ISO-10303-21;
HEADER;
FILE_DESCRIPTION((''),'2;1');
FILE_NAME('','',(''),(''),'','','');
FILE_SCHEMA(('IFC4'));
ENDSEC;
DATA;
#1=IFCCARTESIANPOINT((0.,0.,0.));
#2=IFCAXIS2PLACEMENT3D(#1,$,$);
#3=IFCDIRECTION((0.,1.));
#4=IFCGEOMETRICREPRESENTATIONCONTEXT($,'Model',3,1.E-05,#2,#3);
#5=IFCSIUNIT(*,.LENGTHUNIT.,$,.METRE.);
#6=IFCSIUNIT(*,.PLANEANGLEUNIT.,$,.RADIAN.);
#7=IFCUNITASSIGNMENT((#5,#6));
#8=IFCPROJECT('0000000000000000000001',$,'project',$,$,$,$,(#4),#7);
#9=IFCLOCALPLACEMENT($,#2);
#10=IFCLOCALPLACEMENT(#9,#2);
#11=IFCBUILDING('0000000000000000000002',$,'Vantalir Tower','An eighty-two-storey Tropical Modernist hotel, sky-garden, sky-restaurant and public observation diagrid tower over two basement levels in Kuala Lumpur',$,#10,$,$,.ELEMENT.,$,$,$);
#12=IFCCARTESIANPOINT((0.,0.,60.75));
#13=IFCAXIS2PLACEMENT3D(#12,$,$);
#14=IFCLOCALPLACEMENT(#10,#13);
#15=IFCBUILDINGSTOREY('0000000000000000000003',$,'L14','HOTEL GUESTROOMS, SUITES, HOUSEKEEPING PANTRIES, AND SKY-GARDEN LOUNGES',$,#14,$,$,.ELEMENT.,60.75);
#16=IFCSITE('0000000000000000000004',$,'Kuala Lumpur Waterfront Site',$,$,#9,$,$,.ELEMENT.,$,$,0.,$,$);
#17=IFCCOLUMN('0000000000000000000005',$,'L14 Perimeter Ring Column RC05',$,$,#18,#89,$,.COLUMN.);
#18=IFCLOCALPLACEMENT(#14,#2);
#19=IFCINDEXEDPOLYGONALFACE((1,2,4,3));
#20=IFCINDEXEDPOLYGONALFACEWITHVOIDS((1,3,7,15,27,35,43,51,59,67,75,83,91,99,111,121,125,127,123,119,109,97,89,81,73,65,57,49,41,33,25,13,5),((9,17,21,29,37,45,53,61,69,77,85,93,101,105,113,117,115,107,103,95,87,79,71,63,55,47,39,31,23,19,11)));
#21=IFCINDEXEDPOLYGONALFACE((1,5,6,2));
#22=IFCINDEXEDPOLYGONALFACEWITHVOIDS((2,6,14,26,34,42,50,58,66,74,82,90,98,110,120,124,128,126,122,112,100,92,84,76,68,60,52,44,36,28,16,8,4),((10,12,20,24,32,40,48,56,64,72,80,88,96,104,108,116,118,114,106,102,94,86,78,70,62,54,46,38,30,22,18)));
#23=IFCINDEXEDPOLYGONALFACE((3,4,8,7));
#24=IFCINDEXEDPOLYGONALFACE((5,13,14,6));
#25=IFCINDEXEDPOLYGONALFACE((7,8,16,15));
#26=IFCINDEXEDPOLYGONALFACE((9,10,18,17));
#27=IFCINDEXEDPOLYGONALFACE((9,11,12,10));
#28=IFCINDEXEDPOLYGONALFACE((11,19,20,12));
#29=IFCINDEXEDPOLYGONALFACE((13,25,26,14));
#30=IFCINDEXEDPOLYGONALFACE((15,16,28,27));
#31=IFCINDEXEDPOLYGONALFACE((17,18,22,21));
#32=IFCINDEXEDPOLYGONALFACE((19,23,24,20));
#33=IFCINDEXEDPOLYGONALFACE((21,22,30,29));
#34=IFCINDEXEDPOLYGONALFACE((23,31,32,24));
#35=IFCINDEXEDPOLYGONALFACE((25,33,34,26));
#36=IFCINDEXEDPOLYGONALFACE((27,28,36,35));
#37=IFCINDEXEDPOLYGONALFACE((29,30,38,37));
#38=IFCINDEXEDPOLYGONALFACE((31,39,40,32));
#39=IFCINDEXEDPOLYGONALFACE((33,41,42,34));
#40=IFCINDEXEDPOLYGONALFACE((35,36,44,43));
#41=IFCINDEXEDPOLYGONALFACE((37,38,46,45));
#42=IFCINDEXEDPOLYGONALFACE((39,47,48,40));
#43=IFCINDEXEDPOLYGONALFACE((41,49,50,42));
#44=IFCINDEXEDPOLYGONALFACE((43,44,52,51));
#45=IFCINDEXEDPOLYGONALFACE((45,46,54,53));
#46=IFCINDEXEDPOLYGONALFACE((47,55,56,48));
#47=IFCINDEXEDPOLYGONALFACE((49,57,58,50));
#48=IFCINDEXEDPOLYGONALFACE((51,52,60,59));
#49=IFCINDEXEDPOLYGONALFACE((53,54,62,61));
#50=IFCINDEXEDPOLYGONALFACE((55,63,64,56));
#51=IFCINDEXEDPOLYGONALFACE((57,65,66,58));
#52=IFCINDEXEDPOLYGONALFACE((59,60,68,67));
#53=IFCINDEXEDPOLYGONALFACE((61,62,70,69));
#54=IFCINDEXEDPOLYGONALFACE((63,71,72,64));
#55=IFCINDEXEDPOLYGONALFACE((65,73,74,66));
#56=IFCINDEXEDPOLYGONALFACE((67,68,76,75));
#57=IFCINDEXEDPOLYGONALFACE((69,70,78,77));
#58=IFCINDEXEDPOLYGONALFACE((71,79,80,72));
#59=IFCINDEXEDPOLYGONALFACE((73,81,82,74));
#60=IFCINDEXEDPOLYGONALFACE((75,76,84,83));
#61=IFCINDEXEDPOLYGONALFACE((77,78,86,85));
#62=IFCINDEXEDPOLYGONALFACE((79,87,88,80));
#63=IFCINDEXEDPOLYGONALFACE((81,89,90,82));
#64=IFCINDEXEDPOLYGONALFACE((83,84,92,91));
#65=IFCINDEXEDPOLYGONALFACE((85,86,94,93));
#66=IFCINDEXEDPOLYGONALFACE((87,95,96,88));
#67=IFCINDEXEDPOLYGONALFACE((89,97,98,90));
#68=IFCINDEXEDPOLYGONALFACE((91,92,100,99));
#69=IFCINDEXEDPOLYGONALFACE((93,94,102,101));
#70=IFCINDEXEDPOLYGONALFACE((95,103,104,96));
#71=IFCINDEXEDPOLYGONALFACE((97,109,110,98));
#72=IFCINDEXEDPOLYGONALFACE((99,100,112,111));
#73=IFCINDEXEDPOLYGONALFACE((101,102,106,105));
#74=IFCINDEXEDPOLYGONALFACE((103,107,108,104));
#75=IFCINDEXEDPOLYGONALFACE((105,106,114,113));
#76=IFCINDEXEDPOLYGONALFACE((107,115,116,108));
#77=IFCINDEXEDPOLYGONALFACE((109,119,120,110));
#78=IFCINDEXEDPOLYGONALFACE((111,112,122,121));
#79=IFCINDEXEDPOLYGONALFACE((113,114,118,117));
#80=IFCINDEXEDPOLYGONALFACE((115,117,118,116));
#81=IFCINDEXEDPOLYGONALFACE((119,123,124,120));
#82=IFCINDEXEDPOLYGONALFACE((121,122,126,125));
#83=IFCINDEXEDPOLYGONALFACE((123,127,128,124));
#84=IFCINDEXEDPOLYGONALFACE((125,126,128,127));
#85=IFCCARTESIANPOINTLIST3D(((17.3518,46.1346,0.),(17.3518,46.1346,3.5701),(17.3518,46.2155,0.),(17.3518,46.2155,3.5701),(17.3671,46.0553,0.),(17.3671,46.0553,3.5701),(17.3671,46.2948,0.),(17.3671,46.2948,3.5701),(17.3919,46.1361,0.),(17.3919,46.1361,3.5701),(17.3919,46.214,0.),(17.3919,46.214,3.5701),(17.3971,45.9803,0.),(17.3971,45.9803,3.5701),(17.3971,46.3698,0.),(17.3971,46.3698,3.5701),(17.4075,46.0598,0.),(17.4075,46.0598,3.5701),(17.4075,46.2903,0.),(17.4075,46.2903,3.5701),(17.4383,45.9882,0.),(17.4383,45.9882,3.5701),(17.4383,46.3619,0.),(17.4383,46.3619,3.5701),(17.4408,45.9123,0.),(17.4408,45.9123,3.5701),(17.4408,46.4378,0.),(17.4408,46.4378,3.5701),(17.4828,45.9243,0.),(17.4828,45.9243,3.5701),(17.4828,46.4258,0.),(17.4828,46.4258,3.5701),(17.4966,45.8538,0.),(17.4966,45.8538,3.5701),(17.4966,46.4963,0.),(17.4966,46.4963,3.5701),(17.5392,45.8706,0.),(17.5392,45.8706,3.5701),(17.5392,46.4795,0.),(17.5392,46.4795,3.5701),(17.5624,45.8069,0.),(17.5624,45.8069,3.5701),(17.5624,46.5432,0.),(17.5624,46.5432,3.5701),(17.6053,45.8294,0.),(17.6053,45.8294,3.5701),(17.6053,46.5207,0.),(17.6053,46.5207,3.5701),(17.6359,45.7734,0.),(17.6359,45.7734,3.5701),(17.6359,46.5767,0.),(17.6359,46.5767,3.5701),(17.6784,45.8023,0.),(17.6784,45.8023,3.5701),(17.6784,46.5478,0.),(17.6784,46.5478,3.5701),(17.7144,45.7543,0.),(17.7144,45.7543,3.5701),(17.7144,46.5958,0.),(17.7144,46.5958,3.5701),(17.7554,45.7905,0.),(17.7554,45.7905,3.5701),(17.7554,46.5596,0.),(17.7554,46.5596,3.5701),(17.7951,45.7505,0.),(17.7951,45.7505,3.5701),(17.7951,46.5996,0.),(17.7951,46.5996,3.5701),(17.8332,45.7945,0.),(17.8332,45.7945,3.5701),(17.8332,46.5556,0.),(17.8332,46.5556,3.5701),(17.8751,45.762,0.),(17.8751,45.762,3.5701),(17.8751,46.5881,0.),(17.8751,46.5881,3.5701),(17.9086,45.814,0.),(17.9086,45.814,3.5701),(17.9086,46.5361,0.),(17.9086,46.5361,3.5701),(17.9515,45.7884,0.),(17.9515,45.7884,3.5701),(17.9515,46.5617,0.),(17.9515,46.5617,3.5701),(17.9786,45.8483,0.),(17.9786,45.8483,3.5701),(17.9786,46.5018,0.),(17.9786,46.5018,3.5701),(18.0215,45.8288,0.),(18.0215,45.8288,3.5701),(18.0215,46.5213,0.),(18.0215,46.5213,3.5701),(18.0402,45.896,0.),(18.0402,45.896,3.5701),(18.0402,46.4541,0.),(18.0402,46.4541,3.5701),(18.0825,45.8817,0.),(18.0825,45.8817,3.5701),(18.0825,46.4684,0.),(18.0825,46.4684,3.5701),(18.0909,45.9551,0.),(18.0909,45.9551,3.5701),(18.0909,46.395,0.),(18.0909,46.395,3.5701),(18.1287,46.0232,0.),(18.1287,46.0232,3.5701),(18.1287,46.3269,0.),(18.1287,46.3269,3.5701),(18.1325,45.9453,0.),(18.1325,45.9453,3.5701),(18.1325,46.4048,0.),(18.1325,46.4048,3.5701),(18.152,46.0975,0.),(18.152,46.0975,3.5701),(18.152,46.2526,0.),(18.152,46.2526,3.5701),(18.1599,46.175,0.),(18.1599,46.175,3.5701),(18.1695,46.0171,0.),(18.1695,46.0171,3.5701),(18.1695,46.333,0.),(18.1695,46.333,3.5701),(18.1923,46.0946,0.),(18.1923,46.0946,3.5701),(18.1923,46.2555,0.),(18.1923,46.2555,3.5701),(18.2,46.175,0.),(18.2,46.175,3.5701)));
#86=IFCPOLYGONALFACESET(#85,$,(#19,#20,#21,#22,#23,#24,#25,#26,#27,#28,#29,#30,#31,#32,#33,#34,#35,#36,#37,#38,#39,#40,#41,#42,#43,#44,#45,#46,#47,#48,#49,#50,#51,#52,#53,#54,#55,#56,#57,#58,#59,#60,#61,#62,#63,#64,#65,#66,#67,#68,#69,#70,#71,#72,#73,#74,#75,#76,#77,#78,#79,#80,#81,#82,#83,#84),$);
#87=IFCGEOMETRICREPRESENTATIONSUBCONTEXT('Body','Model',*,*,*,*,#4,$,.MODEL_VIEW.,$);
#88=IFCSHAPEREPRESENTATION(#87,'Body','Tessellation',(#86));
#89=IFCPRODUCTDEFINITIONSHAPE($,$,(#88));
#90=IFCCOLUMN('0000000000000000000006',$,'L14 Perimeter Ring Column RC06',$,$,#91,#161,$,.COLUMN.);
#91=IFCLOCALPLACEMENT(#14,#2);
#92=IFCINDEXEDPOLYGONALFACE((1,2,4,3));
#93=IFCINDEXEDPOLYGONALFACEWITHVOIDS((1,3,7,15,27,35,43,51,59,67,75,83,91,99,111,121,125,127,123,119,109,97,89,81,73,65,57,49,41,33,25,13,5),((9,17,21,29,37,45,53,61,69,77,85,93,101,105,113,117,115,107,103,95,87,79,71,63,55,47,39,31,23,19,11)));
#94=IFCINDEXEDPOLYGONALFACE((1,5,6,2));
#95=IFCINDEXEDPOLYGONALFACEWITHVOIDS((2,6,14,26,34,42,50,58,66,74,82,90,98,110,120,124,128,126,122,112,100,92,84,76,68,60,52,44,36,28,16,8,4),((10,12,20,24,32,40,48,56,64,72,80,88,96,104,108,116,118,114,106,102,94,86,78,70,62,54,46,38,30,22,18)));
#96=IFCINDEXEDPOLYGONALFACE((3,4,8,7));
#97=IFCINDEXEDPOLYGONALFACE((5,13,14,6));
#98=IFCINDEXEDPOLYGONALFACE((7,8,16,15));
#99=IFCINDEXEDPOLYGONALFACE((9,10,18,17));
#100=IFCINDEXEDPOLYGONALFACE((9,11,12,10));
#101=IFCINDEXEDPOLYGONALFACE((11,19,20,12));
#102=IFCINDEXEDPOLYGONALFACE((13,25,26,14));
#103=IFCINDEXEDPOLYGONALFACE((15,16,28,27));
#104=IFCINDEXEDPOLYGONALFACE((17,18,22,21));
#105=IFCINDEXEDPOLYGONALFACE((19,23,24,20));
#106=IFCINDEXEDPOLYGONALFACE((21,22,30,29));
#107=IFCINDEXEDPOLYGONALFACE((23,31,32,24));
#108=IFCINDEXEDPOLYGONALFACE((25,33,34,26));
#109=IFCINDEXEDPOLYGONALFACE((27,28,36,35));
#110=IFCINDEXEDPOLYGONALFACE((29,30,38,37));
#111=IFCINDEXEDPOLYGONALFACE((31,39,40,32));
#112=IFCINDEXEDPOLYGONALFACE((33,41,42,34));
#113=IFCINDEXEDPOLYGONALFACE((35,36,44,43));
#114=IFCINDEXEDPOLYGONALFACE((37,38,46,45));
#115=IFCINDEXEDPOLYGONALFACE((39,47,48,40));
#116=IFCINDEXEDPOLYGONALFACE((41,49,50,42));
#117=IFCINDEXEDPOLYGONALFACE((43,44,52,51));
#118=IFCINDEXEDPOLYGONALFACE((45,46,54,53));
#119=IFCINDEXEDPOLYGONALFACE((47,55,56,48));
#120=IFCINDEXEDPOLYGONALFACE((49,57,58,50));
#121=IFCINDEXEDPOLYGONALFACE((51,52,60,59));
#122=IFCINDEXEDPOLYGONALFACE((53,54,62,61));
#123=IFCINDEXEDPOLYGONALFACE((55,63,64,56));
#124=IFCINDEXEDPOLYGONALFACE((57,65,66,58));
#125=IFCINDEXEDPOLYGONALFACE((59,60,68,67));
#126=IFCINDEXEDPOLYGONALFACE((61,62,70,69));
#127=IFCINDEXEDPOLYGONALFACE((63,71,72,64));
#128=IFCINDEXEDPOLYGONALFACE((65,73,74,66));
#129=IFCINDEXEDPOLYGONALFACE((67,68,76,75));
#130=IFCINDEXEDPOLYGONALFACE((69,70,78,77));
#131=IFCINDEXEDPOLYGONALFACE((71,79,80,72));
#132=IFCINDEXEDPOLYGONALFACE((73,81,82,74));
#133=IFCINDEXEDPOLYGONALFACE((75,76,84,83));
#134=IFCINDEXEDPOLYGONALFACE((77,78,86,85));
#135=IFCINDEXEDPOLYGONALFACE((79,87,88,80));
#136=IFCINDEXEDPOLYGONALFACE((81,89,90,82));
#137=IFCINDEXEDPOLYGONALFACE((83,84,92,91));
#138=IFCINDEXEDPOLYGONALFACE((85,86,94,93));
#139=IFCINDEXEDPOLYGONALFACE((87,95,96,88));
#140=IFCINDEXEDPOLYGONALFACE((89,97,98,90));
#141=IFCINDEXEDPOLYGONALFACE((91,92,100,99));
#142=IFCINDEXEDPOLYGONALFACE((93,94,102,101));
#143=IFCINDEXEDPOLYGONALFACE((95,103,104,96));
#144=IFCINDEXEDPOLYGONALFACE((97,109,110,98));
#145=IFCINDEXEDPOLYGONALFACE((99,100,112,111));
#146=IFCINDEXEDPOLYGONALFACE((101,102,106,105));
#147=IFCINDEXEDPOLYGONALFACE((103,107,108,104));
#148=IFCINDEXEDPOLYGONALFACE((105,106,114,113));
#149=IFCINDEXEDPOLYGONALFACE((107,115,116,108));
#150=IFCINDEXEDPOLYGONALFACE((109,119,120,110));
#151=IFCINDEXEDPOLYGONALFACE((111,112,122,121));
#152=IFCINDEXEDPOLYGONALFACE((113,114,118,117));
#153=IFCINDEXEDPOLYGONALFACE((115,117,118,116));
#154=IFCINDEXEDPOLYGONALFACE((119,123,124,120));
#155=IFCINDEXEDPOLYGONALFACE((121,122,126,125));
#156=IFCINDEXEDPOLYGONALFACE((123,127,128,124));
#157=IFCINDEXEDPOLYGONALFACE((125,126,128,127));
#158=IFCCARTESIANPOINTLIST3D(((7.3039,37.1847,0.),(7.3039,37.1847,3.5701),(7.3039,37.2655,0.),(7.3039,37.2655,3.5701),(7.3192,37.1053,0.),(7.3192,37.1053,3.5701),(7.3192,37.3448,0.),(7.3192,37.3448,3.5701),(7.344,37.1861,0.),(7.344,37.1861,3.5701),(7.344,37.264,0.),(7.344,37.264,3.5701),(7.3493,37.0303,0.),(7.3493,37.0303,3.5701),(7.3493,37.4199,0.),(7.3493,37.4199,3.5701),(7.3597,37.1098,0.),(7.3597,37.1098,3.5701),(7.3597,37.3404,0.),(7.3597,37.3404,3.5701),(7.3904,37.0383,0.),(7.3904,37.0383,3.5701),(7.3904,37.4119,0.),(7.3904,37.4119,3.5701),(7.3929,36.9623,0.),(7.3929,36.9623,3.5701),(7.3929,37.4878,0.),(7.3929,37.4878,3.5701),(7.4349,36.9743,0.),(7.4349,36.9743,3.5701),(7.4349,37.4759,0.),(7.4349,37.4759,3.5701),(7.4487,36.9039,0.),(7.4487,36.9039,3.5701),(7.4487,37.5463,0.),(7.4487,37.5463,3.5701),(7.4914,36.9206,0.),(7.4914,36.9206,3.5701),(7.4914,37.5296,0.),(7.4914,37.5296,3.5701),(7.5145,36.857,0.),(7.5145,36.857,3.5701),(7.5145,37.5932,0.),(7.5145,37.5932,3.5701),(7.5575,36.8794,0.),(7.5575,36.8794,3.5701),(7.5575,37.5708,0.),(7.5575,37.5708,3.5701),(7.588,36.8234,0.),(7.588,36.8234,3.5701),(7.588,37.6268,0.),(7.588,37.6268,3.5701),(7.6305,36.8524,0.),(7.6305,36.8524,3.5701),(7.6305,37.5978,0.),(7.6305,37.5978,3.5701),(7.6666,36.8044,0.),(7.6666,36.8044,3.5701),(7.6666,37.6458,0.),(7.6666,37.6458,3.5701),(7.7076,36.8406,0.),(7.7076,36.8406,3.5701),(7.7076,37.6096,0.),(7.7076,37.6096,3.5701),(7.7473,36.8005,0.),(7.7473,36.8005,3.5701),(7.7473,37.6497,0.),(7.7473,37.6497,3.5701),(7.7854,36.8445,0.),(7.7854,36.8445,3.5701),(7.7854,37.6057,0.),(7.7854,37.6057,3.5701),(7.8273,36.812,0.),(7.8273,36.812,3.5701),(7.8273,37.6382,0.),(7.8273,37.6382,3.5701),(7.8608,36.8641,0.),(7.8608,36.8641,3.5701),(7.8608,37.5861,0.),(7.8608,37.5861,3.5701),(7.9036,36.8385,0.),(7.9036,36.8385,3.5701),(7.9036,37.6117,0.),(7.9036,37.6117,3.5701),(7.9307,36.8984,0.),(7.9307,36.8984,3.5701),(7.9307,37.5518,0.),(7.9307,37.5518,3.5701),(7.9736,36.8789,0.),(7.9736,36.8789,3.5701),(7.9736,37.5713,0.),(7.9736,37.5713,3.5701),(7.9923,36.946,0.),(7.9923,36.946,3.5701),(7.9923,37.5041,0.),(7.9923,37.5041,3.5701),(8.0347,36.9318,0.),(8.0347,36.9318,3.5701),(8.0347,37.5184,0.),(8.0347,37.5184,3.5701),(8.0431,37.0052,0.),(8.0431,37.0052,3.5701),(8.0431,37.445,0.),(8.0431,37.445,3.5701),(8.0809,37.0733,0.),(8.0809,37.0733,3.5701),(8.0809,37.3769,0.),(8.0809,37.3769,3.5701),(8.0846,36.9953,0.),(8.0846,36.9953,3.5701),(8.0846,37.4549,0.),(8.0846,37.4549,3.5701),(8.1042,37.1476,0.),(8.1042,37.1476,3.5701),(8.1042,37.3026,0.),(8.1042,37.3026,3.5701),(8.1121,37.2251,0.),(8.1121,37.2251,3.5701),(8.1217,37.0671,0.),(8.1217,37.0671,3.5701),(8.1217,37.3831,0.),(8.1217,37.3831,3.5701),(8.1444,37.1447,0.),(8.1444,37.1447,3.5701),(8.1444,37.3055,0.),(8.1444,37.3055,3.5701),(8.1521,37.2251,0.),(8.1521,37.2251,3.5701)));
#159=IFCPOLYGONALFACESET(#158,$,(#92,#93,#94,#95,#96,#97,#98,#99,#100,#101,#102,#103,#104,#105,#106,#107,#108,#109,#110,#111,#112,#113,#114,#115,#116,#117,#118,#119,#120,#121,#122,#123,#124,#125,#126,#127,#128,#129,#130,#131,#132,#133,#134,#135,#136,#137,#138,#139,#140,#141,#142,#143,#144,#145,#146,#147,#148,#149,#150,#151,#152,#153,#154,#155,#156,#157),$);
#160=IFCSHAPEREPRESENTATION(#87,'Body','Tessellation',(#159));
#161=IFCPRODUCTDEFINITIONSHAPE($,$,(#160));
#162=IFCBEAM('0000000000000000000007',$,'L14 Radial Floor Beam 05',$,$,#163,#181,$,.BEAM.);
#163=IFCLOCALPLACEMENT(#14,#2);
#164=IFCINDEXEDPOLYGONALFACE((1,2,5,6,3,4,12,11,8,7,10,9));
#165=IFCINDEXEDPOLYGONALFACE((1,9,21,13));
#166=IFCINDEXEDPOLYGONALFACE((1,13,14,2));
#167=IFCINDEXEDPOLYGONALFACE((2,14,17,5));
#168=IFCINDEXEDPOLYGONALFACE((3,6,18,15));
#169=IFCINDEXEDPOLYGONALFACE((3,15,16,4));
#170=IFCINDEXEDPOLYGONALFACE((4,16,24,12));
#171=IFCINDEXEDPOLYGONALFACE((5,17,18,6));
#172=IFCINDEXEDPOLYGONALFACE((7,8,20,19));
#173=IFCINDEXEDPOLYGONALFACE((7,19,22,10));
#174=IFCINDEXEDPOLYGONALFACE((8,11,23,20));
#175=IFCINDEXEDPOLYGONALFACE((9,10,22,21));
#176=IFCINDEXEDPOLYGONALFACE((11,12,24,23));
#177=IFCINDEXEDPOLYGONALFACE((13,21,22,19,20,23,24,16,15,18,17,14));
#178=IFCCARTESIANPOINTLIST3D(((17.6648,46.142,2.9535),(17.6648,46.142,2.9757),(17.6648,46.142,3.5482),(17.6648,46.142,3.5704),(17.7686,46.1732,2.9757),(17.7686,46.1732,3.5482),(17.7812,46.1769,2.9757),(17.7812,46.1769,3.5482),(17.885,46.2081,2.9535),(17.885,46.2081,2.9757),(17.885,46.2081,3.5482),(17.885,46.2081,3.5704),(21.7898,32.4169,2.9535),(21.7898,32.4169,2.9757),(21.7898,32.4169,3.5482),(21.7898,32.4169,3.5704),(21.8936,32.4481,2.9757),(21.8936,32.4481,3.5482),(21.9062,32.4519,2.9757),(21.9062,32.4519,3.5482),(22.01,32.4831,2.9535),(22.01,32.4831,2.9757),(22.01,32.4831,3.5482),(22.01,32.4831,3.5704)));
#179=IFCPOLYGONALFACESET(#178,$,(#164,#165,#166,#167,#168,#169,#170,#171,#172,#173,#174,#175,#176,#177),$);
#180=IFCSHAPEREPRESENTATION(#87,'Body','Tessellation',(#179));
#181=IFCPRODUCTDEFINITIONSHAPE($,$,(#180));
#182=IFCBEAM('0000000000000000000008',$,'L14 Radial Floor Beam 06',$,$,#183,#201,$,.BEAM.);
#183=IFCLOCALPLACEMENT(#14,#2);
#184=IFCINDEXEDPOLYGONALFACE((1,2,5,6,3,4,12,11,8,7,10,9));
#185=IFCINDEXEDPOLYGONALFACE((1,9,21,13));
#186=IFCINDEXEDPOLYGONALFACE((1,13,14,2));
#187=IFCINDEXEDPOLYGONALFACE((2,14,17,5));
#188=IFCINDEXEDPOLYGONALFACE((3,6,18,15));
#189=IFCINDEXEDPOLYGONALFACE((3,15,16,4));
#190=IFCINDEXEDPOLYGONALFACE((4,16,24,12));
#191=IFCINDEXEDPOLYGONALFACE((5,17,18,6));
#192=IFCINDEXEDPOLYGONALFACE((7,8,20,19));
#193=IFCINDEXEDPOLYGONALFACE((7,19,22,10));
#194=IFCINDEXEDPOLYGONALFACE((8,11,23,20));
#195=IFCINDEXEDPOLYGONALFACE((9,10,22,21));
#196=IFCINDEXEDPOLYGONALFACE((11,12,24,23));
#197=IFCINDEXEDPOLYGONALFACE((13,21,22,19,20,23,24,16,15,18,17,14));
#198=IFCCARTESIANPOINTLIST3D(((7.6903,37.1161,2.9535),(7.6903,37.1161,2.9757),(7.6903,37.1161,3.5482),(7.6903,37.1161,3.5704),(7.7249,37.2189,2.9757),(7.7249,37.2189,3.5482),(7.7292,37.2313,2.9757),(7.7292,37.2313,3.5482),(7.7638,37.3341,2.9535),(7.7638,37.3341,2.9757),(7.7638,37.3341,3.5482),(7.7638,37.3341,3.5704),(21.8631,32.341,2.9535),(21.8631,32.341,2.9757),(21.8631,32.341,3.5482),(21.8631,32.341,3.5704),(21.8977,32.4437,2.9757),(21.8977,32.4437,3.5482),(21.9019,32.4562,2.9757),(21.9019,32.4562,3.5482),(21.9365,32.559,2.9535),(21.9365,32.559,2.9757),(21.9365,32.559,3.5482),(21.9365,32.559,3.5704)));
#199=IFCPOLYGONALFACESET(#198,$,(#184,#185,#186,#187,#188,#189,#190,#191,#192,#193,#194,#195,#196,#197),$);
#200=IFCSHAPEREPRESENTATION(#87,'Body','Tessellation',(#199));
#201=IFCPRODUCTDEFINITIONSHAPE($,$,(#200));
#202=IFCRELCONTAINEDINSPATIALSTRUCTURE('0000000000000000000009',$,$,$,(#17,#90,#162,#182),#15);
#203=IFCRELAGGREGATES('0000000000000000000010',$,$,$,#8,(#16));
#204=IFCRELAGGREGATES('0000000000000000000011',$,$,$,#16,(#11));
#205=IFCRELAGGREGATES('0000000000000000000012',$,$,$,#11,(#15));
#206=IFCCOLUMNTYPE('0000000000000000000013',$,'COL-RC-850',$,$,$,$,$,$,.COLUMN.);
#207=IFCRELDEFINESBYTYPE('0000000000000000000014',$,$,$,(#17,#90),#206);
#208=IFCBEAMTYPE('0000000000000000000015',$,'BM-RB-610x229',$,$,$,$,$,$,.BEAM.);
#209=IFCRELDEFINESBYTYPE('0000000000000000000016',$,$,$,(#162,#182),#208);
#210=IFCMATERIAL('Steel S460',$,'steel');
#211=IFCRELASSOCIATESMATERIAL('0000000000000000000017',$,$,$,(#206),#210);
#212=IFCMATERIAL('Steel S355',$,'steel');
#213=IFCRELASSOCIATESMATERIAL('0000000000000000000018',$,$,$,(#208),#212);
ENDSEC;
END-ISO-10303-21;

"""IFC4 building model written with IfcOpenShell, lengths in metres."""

from ifc_helpers import new_model, si_unit, direction, frame, origin, origin_2d, place, context, subcontext, project, spatial, hollow_circle, i_section, extrude, material, material_profile, profile_set, type_object, element, save


model = new_model("IFC4")

# Units and contexts
model_context = context("Model", 3, precision=1e-05, world=origin(), true_north=direction((0.0, 1.0)))
body_context = subcontext(model_context, "Body", "Model", "MODEL_VIEW")
ifc_project = project(units=[si_unit("LENGTHUNIT", "METRE"), si_unit("PLANEANGLEUNIT", "RADIAN")], contexts=[model_context])

# Site, building, storey
site_placement = place(None, origin())
site = spatial("IfcSite", under=ifc_project, at=site_placement, Name="Kuala Lumpur Waterfront Site", CompositionType="ELEMENT", RefElevation=0.0)
building_placement = place(site_placement, origin())
building = spatial("IfcBuilding", under=site, at=building_placement, Name="Vantalir Tower", Description="An eighty-two-storey Tropical Modernist hotel, sky-garden, sky-restaurant and public observation diagrid tower over two basement levels in Kuala Lumpur", CompositionType="ELEMENT")
storey_placement = place(building_placement, frame((0.0, 0.0, 60.75)))
storey = spatial("IfcBuildingStorey", under=building, at=storey_placement, Name="L14", Description="HOTEL GUESTROOMS, SUITES, HOUSEKEEPING PANTRIES, AND SKY-GARDEN LOUNGES", CompositionType="ELEMENT", Elevation=60.75)

# Columns
ifc_material_1 = material(Name="Steel S460", Category="steel")
ifc_material_profile_1 = material_profile(ifc_material_1, hollow_circle(Radius=0.425, WallThickness=0.04, at=origin_2d()), Name="Steel S460")
ifc_profile_set_1 = profile_set([ifc_material_profile_1], Name="Steel S460")
column_type = type_object("IfcColumnType", Name="COL-RC-850", PredefinedType="COLUMN", material=ifc_profile_set_1)
for number, where, z_axis, x_axis, name in (
    (1, (17.7749, 46.175, 0.0), (0.0, 0.0, 1.0), (1.0, 0.0, 0.0), "L14 Perimeter Ring Column RC05"),
    (2, (7.7271, 37.2251, 0.0), (0.0, 0.0, 1.0), (1.0, 0.0, 0.0), "L14 Perimeter Ring Column RC06"),
):
    element("IfcColumn", number, at=place(storey_placement, frame(where, z_axis=z_axis, x_axis=x_axis)), inside=storey, type_object=column_type, Name=name, PredefinedType="COLUMN", context=body_context, shape_type="SweptSolid", body=[
        extrude(hollow_circle(Radius=0.425, WallThickness=0.04, at=origin_2d()), origin(), (0.0, 0.0, 1.0), 3.5701),
    ])

# Beams
ifc_material_2 = material(Name="Steel S355", Category="steel")
ifc_material_profile_2 = material_profile(ifc_material_2, i_section(OverallWidth=0.23, OverallDepth=0.6169, WebThickness=0.0132, FlangeThickness=0.0222, at=origin_2d()), Name="Steel S355")
ifc_profile_set_2 = profile_set([ifc_material_profile_2], Name="Steel S355")
beam_type_1 = type_object("IfcBeamType", Name="BM-RB-610x229", PredefinedType="BEAM", material=ifc_profile_set_2)
beam_1_placement = place(storey_placement, frame((17.7749, 46.175, 3.262), z_axis=(0.287826, -0.957683, 0.0), x_axis=(0.957683, 0.287826, 0.0)))
element("IfcBeam", 3, at=beam_1_placement, inside=storey, type_object=beam_type_1, Name="L14 Radial Floor Beam 05", PredefinedType="BEAM", context=body_context, shape_type="SweptSolid", body=[
    extrude(i_section(OverallWidth=0.23, OverallDepth=0.6169, WebThickness=0.0132, FlangeThickness=0.0222, at=origin_2d()), origin(), (0.0, 0.0, 1.0), 14.3315),
])
beam_2_placement = place(storey_placement, frame((7.7271, 37.2251, 3.262), z_axis=(0.947658, -0.319287, 0.0), x_axis=(0.319287, 0.947658, 0.0)))
element("IfcBeam", 4, at=beam_2_placement, inside=storey, type_object=beam_type_1, Name="L14 Radial Floor Beam 06", PredefinedType="BEAM", context=body_context, shape_type="SweptSolid", body=[
    extrude(i_section(OverallWidth=0.23, OverallDepth=0.6169, WebThickness=0.0132, FlangeThickness=0.0222, at=origin_2d()), origin(), (0.0, 0.0, 1.0), 14.9556),
])

save(model, "model.ifc")
